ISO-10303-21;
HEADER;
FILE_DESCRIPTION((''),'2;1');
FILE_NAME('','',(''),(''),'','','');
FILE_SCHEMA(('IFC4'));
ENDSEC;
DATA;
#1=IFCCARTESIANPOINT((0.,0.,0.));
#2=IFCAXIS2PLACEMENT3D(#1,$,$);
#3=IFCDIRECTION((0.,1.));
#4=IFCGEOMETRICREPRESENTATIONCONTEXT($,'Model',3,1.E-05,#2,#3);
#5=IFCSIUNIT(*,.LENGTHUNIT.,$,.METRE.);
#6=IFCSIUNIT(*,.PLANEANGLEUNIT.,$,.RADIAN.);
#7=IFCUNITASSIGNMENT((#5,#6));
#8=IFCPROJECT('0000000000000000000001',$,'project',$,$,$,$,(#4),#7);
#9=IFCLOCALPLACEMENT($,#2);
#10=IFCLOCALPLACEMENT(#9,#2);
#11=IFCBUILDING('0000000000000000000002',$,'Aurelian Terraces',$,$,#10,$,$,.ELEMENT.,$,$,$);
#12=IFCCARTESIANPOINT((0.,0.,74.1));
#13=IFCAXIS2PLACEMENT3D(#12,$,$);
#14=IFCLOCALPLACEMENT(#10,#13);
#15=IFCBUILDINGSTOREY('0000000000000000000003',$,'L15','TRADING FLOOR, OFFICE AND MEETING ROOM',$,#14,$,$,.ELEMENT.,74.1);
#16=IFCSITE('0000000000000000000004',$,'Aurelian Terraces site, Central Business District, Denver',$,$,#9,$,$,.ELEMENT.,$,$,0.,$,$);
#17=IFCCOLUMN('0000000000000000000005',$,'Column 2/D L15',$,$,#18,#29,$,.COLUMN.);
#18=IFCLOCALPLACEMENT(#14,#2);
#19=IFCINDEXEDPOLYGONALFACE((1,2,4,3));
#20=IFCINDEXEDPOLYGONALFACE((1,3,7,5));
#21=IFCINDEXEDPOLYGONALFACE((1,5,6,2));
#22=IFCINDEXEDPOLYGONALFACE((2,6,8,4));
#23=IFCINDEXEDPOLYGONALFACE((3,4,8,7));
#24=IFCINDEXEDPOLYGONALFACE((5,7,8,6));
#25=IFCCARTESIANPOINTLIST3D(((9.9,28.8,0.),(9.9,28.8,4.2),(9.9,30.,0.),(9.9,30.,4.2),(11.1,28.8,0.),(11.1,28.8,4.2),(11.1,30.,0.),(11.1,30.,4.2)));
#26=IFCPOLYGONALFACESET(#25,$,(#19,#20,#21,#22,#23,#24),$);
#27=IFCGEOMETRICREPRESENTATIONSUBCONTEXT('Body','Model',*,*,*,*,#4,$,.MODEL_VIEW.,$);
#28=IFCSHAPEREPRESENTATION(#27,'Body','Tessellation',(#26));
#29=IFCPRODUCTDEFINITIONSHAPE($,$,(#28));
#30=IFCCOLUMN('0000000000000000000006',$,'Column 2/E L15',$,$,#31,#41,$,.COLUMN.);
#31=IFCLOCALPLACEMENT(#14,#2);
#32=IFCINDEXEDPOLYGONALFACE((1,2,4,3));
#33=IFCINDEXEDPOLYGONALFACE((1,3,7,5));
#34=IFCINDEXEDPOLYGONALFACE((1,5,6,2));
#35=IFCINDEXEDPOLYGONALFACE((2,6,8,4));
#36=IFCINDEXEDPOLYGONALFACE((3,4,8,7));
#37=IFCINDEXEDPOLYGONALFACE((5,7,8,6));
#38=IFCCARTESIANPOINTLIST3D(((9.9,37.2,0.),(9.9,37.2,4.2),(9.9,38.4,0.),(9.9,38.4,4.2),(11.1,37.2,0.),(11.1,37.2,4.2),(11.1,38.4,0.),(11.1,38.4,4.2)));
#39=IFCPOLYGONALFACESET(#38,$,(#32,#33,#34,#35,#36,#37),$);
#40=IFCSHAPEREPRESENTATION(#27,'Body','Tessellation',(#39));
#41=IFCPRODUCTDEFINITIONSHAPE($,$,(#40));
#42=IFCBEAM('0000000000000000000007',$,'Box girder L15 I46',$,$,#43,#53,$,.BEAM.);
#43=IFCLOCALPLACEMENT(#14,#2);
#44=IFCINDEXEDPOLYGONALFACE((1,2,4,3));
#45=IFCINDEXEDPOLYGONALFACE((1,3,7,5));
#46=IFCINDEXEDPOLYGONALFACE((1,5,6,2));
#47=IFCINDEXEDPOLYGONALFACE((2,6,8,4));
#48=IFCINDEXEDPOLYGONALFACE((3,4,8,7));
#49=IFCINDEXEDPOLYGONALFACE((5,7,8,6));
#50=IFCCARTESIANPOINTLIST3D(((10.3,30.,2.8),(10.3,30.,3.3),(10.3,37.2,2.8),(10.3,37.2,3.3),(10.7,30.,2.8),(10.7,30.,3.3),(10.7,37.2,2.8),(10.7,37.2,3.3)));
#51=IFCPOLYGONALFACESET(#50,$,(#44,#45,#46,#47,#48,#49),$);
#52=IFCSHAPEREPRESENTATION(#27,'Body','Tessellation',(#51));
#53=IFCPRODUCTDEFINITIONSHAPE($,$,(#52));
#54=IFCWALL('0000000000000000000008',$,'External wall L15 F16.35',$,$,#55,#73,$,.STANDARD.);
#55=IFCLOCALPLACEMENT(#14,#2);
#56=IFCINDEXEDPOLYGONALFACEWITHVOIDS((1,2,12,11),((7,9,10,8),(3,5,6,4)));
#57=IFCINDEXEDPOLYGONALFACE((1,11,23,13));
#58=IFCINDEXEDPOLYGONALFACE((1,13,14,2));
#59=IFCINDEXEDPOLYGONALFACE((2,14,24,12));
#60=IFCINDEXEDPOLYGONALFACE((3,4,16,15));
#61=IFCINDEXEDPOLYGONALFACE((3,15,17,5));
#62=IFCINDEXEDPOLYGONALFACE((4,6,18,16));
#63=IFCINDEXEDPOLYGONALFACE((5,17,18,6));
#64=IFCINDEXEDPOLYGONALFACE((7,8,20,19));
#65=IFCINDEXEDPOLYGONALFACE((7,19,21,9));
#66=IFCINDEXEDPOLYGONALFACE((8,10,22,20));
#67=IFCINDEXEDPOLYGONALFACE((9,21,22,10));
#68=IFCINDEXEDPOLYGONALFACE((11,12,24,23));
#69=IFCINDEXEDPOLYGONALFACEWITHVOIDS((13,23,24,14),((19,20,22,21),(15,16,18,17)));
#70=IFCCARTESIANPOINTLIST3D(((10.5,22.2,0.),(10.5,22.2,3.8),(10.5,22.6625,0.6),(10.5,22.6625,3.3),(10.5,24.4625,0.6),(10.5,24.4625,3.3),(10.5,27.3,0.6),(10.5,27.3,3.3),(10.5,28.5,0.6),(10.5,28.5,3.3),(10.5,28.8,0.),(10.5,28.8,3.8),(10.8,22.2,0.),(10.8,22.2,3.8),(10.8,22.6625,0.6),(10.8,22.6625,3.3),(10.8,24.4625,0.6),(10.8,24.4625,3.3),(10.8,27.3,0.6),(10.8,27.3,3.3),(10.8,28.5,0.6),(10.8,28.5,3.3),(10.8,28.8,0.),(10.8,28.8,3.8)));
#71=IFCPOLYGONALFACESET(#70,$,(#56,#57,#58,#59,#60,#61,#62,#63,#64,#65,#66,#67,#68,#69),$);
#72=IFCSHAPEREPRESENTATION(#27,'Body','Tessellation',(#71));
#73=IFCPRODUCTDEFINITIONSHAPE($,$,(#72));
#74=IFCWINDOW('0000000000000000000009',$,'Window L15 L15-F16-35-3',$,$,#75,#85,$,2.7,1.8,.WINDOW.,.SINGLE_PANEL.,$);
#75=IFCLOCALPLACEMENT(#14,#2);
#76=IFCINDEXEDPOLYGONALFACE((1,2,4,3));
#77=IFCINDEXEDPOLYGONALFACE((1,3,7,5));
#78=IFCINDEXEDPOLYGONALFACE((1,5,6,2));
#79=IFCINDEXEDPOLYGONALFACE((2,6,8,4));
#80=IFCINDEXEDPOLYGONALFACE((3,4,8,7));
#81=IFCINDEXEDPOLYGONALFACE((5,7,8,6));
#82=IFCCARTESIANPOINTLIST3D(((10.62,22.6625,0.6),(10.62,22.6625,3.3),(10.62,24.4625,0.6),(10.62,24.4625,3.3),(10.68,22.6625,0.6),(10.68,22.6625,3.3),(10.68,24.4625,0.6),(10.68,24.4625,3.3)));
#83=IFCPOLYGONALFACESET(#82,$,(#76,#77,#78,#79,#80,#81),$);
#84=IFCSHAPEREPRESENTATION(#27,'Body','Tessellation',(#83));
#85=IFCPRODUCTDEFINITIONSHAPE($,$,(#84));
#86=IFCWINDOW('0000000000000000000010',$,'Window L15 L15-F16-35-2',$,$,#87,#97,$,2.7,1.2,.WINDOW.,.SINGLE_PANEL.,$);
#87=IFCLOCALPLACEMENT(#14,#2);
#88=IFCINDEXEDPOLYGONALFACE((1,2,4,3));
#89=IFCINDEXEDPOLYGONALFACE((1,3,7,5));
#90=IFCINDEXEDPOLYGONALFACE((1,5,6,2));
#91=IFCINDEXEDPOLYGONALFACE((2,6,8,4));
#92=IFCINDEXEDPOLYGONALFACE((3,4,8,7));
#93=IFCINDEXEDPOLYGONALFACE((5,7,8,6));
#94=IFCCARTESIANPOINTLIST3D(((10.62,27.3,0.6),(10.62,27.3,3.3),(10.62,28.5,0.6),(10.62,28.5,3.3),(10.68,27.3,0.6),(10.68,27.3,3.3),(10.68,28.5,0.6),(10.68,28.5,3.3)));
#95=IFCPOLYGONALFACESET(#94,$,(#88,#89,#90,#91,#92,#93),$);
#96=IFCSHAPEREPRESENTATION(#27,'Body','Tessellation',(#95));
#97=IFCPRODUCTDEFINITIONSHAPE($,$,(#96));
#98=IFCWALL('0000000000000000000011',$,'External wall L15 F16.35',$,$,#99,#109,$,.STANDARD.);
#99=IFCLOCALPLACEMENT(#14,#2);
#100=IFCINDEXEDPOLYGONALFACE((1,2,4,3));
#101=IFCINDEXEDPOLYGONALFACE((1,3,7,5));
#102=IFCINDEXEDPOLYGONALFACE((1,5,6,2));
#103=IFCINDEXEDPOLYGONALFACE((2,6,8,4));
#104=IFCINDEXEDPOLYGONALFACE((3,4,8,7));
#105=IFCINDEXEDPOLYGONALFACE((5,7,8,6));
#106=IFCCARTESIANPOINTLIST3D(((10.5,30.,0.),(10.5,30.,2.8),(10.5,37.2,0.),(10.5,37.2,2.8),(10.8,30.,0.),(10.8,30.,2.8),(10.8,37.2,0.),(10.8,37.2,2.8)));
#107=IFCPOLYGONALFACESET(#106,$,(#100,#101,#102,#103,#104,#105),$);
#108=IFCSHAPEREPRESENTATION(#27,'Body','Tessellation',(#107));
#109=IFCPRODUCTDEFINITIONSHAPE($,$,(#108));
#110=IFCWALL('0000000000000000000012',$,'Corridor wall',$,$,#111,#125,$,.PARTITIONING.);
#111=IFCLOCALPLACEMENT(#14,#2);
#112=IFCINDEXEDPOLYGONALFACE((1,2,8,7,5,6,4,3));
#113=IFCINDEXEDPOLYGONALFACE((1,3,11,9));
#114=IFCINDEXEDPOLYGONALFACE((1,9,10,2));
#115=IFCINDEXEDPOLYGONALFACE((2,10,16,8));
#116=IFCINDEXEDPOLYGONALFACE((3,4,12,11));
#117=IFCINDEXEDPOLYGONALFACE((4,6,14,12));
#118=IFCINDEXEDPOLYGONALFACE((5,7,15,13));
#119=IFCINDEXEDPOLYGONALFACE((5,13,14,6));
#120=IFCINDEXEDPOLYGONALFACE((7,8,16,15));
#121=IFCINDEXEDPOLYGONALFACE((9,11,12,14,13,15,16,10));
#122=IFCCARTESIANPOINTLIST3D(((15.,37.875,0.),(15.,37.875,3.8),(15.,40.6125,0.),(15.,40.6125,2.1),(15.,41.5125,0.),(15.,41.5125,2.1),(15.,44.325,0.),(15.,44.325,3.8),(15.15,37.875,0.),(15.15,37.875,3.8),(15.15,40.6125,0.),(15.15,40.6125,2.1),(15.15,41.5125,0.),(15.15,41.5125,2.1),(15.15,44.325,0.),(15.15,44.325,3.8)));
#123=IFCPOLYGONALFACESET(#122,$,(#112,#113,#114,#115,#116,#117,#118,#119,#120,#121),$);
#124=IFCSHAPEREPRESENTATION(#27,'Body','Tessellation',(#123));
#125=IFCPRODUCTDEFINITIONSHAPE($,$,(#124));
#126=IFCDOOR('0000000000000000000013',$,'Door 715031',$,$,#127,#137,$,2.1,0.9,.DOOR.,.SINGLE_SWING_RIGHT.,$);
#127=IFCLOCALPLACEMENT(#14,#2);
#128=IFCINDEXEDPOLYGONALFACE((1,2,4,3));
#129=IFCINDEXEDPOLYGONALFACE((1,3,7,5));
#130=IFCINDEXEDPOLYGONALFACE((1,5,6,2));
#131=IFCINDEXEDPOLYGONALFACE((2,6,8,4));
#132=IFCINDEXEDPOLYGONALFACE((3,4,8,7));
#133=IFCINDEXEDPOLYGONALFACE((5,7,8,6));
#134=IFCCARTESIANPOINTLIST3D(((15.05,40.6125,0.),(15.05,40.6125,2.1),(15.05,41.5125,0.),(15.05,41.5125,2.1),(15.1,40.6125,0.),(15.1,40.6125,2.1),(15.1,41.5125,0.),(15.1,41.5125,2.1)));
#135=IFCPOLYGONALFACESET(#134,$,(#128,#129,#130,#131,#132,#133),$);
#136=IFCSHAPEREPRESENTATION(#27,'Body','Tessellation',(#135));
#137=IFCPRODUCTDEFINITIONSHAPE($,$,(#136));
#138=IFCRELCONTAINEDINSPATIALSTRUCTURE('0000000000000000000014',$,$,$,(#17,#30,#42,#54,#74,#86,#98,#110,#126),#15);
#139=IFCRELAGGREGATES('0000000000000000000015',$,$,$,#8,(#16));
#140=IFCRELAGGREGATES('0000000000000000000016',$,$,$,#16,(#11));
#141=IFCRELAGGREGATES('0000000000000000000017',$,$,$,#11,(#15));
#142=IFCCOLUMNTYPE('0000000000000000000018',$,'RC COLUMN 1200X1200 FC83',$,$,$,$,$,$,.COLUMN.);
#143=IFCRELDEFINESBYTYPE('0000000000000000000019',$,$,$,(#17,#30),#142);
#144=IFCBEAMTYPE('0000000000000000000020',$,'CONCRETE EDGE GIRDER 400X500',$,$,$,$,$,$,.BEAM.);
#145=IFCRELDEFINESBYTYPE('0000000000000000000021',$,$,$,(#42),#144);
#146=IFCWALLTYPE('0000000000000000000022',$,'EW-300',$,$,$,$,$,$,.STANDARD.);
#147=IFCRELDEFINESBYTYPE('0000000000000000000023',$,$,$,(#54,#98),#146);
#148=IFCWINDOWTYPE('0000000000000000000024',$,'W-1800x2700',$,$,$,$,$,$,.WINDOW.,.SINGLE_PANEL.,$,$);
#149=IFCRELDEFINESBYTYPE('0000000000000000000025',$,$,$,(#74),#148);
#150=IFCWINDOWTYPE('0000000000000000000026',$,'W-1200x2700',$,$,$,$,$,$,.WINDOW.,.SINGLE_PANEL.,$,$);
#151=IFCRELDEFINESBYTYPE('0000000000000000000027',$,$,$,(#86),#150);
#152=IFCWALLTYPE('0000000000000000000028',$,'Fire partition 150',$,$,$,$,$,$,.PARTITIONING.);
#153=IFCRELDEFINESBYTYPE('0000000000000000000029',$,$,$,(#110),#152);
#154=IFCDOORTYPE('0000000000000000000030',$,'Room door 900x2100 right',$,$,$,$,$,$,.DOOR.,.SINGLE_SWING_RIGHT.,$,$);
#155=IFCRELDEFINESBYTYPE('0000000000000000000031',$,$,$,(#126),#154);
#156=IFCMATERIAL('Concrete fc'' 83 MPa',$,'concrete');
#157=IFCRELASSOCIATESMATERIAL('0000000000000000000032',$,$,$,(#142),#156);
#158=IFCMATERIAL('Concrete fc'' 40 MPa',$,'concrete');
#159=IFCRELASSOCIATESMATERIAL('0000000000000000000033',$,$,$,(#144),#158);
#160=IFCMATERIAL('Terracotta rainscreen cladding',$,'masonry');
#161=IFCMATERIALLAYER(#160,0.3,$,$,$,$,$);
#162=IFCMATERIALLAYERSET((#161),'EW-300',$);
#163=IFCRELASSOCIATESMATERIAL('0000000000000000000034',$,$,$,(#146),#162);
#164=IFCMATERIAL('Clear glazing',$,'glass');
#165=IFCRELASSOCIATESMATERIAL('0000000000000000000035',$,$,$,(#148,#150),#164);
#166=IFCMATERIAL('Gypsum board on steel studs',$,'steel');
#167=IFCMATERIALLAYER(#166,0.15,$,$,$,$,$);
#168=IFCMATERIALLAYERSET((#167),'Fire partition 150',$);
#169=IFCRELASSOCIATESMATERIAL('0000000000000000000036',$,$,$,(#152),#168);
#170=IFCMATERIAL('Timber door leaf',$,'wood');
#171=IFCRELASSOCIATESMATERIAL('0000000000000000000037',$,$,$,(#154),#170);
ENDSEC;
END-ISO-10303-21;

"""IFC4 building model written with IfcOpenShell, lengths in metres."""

from ifc_helpers import new_model, si_unit, direction, frame, frame_2d, origin, origin_2d, place, context, subcontext, project, spatial, rectangle, extrude, source, transform, mapped, material, layer, layer_set, material_profile, profile_set, type_object, element, fill, save


model = new_model("IFC4")

# Units and contexts
model_context = context("Model", 3, precision=1e-05, world=origin(), true_north=direction((0.0, 1.0)))
body_context = subcontext(model_context, "Body", "Model", "MODEL_VIEW")
ifc_project = project(units=[si_unit("LENGTHUNIT", "METRE"), si_unit("PLANEANGLEUNIT", "RADIAN")], contexts=[model_context])

# Site, building, storey
site_placement = place(None, origin())
site = spatial("IfcSite", under=ifc_project, at=site_placement, Name="Aurelian Terraces site, Central Business District, Denver", CompositionType="ELEMENT", RefElevation=0.0)
building_placement = place(site_placement, origin())
building = spatial("IfcBuilding", under=site, at=building_placement, Name="Aurelian Terraces", CompositionType="ELEMENT")
storey_placement = place(building_placement, frame((0.0, 0.0, 74.1)))
storey = spatial("IfcBuildingStorey", under=building, at=storey_placement, Name="L15", Description="TRADING FLOOR, OFFICE AND MEETING ROOM", CompositionType="ELEMENT", Elevation=74.1)

# Columns
ifc_material_1 = material(Name="Concrete fc' 83 MPa", Category="concrete")
ifc_material_profile_1 = material_profile(ifc_material_1, rectangle(XDim=1.2, YDim=1.2, at=origin_2d()))
ifc_profile_set_1 = profile_set([ifc_material_profile_1], Name="Concrete fc' 83 MPa")
column_type = type_object("IfcColumnType", Name="RC COLUMN 1200X1200 FC83", PredefinedType="COLUMN", material=ifc_profile_set_1)
shared_shape_1 = source(origin(), body_context, "Body", "SweptSolid", [
    extrude(rectangle(XDim=1.2, YDim=1.2, at=origin_2d()), origin(), (0.0, 0.0, 1.0), 4.2),
])
for number, where, z_axis, x_axis, name in (
    (1, (10.5, 29.4, 0.0), (0.0, 0.0, 1.0), (1.0, 0.0, 0.0), "Column 2/D L15"),
    (2, (10.5, 37.8, 0.0), (0.0, 0.0, 1.0), (1.0, 0.0, 0.0), "Column 2/E L15"),
):
    element("IfcColumn", number, at=place(storey_placement, frame(where, z_axis=z_axis, x_axis=x_axis)), inside=storey, type_object=column_type, Name=name, PredefinedType="COLUMN", context=body_context, shape_type="MappedRepresentation", body=[
        mapped(shared_shape_1, transform((0.0, 0.0, 0.0), scale=1.0)),
    ])

# Beam
ifc_material_2 = material(Name="Concrete fc' 40 MPa", Category="concrete")
ifc_material_profile_2 = material_profile(ifc_material_2, rectangle(XDim=0.4, YDim=0.5, at=origin_2d()))
ifc_profile_set_2 = profile_set([ifc_material_profile_2], Name="Concrete fc' 40 MPa")
beam_type = type_object("IfcBeamType", Name="CONCRETE EDGE GIRDER 400X500", PredefinedType="BEAM", material=ifc_profile_set_2)
shared_shape_2 = source(origin(), body_context, "Body", "SweptSolid", [
    extrude(rectangle(XDim=0.4, YDim=0.5, at=origin_2d()), origin(), (0.0, 0.0, 1.0), 7.2),
])
beam_placement = place(storey_placement, frame((10.5, 30.0, 3.05), z_axis=(0.0, 1.0, 0.0), x_axis=(-1.0, 0.0, 0.0)))
element("IfcBeam", 3, at=beam_placement, inside=storey, type_object=beam_type, Name="Box girder L15 I46", PredefinedType="BEAM", context=body_context, shape_type="MappedRepresentation", body=[
    mapped(shared_shape_2, transform((0.0, 0.0, 0.0), scale=1.0)),
])

# Wall, openings, windows
ifc_material_3 = material(Name="Terracotta rainscreen cladding", Category="masonry")
ifc_layer_1 = layer(ifc_material_3, 0.3)
ifc_layer_set_1 = layer_set([ifc_layer_1], Name="EW-300")
wall_type_1 = type_object("IfcWallType", Name="EW-300", PredefinedType="STANDARD", material=ifc_layer_set_1)
shared_shape_3 = source(origin(), body_context, "Body", "SweptSolid", [
    extrude(rectangle(XDim=6.6, YDim=0.3, at=frame_2d((3.3, 0.0))), origin(), (0.0, 0.0, 1.0), 3.8),
])
wall_1_placement = place(storey_placement, frame((10.65, 28.8, 0.0), z_axis=(0.0, 0.0, 1.0), x_axis=(0.0, -1.0, 0.0)))
wall_1 = element("IfcWall", 4, at=wall_1_placement, inside=storey, type_object=wall_type_1, Name="External wall L15 F16.35", PredefinedType="STANDARD", context=body_context, shape_type="MappedRepresentation", body=[
    mapped(shared_shape_3, transform((0.0, 0.0, 0.0), scale=1.0)),
])
shared_shape_4 = source(origin(), body_context, "Body", "SweptSolid", [
    extrude(rectangle(XDim=1.2, YDim=2.7, at=frame_2d((0.6, 1.35))), frame((0.0, 0.16, 0.0), z_axis=(0.0, -1.0, 0.0), x_axis=(1.0, 0.0, 0.0)), (0.0, 0.0, 1.0), 0.32),
])
opening_1_placement = place(wall_1_placement, frame((0.3, 0.0, 0.6)))
opening_1 = element("IfcOpeningElement", 5, at=opening_1_placement, cuts=wall_1, PredefinedType="OPENING", context=body_context, shape_type="MappedRepresentation", body=[
    mapped(shared_shape_4, transform((0.0, 0.0, 0.0), scale=1.0)),
])
shared_shape_5 = source(origin(), body_context, "Body", "SweptSolid", [
    extrude(rectangle(XDim=1.8, YDim=2.7, at=frame_2d((0.9, 1.35))), frame((0.0, 0.16, 0.0), z_axis=(0.0, -1.0, 0.0), x_axis=(1.0, 0.0, 0.0)), (0.0, 0.0, 1.0), 0.32),
])
opening_2_placement = place(wall_1_placement, frame((4.3375, 0.0, 0.6)))
opening_2 = element("IfcOpeningElement", 6, at=opening_2_placement, cuts=wall_1, PredefinedType="OPENING", context=body_context, shape_type="MappedRepresentation", body=[
    mapped(shared_shape_5, transform((0.0, 0.0, 0.0), scale=1.0)),
])
ifc_material_4 = material(Name="Clear glazing", Category="glass")
window_type_1 = type_object("IfcWindowType", Name="W-1800x2700", PartitioningType="SINGLE_PANEL", PredefinedType="WINDOW", material=ifc_material_4)
shared_shape_6 = source(origin(), body_context, "Body", "SweptSolid", [
    extrude(rectangle(XDim=1.8, YDim=2.7, at=frame_2d((0.9, 1.35))), frame((0.0, 0.03, 0.0), z_axis=(0.0, -1.0, 0.0), x_axis=(1.0, 0.0, 0.0)), (0.0, 0.0, 1.0), 0.06),
])
window_1_placement = place(opening_2_placement, origin())
window_1 = element("IfcWindow", 7, at=window_1_placement, inside=storey, type_object=window_type_1, Name="Window L15 L15-F16-35-3", OverallHeight=2.7, OverallWidth=1.8, PartitioningType="SINGLE_PANEL", PredefinedType="WINDOW", context=body_context, shape_type="MappedRepresentation", body=[
    mapped(shared_shape_6, transform((0.0, 0.0, 0.0), scale=1.0)),
])
fill(opening_2, window_1)
window_type_2 = type_object("IfcWindowType", Name="W-1200x2700", PartitioningType="SINGLE_PANEL", PredefinedType="WINDOW", material=ifc_material_4)
shared_shape_7 = source(origin(), body_context, "Body", "SweptSolid", [
    extrude(rectangle(XDim=1.2, YDim=2.7, at=frame_2d((0.6, 1.35))), frame((0.0, 0.03, 0.0), z_axis=(0.0, -1.0, 0.0), x_axis=(1.0, 0.0, 0.0)), (0.0, 0.0, 1.0), 0.06),
])
window_2_placement = place(opening_1_placement, origin())
window_2 = element("IfcWindow", 8, at=window_2_placement, inside=storey, type_object=window_type_2, Name="Window L15 L15-F16-35-2", OverallHeight=2.7, OverallWidth=1.2, PartitioningType="SINGLE_PANEL", PredefinedType="WINDOW", context=body_context, shape_type="MappedRepresentation", body=[
    mapped(shared_shape_7, transform((0.0, 0.0, 0.0), scale=1.0)),
])
fill(opening_1, window_2)

# Wall
shared_shape_8 = source(origin(), body_context, "Body", "SweptSolid", [
    extrude(rectangle(XDim=7.2, YDim=0.3, at=frame_2d((3.6, 0.0))), origin(), (0.0, 0.0, 1.0), 2.8),
])
wall_2_placement = place(storey_placement, frame((10.65, 37.2, 0.0), z_axis=(0.0, 0.0, 1.0), x_axis=(0.0, -1.0, 0.0)))
element("IfcWall", 9, at=wall_2_placement, inside=storey, type_object=wall_type_1, Name="External wall L15 F16.35", PredefinedType="STANDARD", context=body_context, shape_type="MappedRepresentation", body=[
    mapped(shared_shape_8, transform((0.0, 0.0, 0.0), scale=1.0)),
])

# Wall, opening, door
ifc_material_5 = material(Name="Gypsum board on steel studs", Category="steel")
ifc_layer_2 = layer(ifc_material_5, 0.15)
ifc_layer_set_2 = layer_set([ifc_layer_2], Name="Fire partition 150")
wall_type_2 = type_object("IfcWallType", Name="Fire partition 150", PredefinedType="PARTITIONING", material=ifc_layer_set_2)
shared_shape_9 = source(origin(), body_context, "Body", "SweptSolid", [
    extrude(rectangle(XDim=6.45, YDim=0.15, at=frame_2d((3.225, 0.0))), origin(), (0.0, 0.0, 1.0), 3.8),
])
wall_3_placement = place(storey_placement, frame((15.075, 37.875, 0.0), z_axis=(0.0, 0.0, 1.0), x_axis=(0.0, 1.0, 0.0)))
wall_3 = element("IfcWall", 10, at=wall_3_placement, inside=storey, type_object=wall_type_2, Name="Corridor wall", PredefinedType="PARTITIONING", context=body_context, shape_type="MappedRepresentation", body=[
    mapped(shared_shape_9, transform((0.0, 0.0, 0.0), scale=1.0)),
])
shared_shape_10 = source(origin(), body_context, "Body", "SweptSolid", [
    extrude(rectangle(XDim=0.9, YDim=2.1, at=frame_2d((0.45, 1.05))), frame((0.0, 0.085, 0.0), z_axis=(0.0, -1.0, 0.0), x_axis=(1.0, 0.0, 0.0)), (0.0, 0.0, 1.0), 0.17),
])
opening_3_placement = place(wall_3_placement, frame((2.7375, 0.0, 0.0)))
opening_3 = element("IfcOpeningElement", 11, at=opening_3_placement, cuts=wall_3, PredefinedType="OPENING", context=body_context, shape_type="MappedRepresentation", body=[
    mapped(shared_shape_10, transform((0.0, 0.0, 0.0), scale=1.0)),
])
ifc_material_6 = material(Name="Timber door leaf", Category="wood")
door_type_1 = type_object("IfcDoorType", Name="Room door 900x2100 right", OperationType="SINGLE_SWING_RIGHT", PredefinedType="DOOR", material=ifc_material_6)
shared_shape_11 = source(origin(), body_context, "Body", "SweptSolid", [
    extrude(rectangle(XDim=0.9, YDim=2.1, at=frame_2d((0.45, 1.05))), frame((0.0, 0.025, 0.0), z_axis=(0.0, -1.0, 0.0), x_axis=(1.0, 0.0, 0.0)), (0.0, 0.0, 1.0), 0.05),
])
door_1_placement = place(opening_3_placement, origin())
door_1 = element("IfcDoor", 12, at=door_1_placement, inside=storey, type_object=door_type_1, Name="Door 715031", OperationType="SINGLE_SWING_RIGHT", OverallHeight=2.1, OverallWidth=0.9, PredefinedType="DOOR", context=body_context, shape_type="MappedRepresentation", body=[
    mapped(shared_shape_11, transform((0.0, 0.0, 0.0), scale=1.0)),
])
fill(opening_3, door_1)

save(model, "model.ifc")
